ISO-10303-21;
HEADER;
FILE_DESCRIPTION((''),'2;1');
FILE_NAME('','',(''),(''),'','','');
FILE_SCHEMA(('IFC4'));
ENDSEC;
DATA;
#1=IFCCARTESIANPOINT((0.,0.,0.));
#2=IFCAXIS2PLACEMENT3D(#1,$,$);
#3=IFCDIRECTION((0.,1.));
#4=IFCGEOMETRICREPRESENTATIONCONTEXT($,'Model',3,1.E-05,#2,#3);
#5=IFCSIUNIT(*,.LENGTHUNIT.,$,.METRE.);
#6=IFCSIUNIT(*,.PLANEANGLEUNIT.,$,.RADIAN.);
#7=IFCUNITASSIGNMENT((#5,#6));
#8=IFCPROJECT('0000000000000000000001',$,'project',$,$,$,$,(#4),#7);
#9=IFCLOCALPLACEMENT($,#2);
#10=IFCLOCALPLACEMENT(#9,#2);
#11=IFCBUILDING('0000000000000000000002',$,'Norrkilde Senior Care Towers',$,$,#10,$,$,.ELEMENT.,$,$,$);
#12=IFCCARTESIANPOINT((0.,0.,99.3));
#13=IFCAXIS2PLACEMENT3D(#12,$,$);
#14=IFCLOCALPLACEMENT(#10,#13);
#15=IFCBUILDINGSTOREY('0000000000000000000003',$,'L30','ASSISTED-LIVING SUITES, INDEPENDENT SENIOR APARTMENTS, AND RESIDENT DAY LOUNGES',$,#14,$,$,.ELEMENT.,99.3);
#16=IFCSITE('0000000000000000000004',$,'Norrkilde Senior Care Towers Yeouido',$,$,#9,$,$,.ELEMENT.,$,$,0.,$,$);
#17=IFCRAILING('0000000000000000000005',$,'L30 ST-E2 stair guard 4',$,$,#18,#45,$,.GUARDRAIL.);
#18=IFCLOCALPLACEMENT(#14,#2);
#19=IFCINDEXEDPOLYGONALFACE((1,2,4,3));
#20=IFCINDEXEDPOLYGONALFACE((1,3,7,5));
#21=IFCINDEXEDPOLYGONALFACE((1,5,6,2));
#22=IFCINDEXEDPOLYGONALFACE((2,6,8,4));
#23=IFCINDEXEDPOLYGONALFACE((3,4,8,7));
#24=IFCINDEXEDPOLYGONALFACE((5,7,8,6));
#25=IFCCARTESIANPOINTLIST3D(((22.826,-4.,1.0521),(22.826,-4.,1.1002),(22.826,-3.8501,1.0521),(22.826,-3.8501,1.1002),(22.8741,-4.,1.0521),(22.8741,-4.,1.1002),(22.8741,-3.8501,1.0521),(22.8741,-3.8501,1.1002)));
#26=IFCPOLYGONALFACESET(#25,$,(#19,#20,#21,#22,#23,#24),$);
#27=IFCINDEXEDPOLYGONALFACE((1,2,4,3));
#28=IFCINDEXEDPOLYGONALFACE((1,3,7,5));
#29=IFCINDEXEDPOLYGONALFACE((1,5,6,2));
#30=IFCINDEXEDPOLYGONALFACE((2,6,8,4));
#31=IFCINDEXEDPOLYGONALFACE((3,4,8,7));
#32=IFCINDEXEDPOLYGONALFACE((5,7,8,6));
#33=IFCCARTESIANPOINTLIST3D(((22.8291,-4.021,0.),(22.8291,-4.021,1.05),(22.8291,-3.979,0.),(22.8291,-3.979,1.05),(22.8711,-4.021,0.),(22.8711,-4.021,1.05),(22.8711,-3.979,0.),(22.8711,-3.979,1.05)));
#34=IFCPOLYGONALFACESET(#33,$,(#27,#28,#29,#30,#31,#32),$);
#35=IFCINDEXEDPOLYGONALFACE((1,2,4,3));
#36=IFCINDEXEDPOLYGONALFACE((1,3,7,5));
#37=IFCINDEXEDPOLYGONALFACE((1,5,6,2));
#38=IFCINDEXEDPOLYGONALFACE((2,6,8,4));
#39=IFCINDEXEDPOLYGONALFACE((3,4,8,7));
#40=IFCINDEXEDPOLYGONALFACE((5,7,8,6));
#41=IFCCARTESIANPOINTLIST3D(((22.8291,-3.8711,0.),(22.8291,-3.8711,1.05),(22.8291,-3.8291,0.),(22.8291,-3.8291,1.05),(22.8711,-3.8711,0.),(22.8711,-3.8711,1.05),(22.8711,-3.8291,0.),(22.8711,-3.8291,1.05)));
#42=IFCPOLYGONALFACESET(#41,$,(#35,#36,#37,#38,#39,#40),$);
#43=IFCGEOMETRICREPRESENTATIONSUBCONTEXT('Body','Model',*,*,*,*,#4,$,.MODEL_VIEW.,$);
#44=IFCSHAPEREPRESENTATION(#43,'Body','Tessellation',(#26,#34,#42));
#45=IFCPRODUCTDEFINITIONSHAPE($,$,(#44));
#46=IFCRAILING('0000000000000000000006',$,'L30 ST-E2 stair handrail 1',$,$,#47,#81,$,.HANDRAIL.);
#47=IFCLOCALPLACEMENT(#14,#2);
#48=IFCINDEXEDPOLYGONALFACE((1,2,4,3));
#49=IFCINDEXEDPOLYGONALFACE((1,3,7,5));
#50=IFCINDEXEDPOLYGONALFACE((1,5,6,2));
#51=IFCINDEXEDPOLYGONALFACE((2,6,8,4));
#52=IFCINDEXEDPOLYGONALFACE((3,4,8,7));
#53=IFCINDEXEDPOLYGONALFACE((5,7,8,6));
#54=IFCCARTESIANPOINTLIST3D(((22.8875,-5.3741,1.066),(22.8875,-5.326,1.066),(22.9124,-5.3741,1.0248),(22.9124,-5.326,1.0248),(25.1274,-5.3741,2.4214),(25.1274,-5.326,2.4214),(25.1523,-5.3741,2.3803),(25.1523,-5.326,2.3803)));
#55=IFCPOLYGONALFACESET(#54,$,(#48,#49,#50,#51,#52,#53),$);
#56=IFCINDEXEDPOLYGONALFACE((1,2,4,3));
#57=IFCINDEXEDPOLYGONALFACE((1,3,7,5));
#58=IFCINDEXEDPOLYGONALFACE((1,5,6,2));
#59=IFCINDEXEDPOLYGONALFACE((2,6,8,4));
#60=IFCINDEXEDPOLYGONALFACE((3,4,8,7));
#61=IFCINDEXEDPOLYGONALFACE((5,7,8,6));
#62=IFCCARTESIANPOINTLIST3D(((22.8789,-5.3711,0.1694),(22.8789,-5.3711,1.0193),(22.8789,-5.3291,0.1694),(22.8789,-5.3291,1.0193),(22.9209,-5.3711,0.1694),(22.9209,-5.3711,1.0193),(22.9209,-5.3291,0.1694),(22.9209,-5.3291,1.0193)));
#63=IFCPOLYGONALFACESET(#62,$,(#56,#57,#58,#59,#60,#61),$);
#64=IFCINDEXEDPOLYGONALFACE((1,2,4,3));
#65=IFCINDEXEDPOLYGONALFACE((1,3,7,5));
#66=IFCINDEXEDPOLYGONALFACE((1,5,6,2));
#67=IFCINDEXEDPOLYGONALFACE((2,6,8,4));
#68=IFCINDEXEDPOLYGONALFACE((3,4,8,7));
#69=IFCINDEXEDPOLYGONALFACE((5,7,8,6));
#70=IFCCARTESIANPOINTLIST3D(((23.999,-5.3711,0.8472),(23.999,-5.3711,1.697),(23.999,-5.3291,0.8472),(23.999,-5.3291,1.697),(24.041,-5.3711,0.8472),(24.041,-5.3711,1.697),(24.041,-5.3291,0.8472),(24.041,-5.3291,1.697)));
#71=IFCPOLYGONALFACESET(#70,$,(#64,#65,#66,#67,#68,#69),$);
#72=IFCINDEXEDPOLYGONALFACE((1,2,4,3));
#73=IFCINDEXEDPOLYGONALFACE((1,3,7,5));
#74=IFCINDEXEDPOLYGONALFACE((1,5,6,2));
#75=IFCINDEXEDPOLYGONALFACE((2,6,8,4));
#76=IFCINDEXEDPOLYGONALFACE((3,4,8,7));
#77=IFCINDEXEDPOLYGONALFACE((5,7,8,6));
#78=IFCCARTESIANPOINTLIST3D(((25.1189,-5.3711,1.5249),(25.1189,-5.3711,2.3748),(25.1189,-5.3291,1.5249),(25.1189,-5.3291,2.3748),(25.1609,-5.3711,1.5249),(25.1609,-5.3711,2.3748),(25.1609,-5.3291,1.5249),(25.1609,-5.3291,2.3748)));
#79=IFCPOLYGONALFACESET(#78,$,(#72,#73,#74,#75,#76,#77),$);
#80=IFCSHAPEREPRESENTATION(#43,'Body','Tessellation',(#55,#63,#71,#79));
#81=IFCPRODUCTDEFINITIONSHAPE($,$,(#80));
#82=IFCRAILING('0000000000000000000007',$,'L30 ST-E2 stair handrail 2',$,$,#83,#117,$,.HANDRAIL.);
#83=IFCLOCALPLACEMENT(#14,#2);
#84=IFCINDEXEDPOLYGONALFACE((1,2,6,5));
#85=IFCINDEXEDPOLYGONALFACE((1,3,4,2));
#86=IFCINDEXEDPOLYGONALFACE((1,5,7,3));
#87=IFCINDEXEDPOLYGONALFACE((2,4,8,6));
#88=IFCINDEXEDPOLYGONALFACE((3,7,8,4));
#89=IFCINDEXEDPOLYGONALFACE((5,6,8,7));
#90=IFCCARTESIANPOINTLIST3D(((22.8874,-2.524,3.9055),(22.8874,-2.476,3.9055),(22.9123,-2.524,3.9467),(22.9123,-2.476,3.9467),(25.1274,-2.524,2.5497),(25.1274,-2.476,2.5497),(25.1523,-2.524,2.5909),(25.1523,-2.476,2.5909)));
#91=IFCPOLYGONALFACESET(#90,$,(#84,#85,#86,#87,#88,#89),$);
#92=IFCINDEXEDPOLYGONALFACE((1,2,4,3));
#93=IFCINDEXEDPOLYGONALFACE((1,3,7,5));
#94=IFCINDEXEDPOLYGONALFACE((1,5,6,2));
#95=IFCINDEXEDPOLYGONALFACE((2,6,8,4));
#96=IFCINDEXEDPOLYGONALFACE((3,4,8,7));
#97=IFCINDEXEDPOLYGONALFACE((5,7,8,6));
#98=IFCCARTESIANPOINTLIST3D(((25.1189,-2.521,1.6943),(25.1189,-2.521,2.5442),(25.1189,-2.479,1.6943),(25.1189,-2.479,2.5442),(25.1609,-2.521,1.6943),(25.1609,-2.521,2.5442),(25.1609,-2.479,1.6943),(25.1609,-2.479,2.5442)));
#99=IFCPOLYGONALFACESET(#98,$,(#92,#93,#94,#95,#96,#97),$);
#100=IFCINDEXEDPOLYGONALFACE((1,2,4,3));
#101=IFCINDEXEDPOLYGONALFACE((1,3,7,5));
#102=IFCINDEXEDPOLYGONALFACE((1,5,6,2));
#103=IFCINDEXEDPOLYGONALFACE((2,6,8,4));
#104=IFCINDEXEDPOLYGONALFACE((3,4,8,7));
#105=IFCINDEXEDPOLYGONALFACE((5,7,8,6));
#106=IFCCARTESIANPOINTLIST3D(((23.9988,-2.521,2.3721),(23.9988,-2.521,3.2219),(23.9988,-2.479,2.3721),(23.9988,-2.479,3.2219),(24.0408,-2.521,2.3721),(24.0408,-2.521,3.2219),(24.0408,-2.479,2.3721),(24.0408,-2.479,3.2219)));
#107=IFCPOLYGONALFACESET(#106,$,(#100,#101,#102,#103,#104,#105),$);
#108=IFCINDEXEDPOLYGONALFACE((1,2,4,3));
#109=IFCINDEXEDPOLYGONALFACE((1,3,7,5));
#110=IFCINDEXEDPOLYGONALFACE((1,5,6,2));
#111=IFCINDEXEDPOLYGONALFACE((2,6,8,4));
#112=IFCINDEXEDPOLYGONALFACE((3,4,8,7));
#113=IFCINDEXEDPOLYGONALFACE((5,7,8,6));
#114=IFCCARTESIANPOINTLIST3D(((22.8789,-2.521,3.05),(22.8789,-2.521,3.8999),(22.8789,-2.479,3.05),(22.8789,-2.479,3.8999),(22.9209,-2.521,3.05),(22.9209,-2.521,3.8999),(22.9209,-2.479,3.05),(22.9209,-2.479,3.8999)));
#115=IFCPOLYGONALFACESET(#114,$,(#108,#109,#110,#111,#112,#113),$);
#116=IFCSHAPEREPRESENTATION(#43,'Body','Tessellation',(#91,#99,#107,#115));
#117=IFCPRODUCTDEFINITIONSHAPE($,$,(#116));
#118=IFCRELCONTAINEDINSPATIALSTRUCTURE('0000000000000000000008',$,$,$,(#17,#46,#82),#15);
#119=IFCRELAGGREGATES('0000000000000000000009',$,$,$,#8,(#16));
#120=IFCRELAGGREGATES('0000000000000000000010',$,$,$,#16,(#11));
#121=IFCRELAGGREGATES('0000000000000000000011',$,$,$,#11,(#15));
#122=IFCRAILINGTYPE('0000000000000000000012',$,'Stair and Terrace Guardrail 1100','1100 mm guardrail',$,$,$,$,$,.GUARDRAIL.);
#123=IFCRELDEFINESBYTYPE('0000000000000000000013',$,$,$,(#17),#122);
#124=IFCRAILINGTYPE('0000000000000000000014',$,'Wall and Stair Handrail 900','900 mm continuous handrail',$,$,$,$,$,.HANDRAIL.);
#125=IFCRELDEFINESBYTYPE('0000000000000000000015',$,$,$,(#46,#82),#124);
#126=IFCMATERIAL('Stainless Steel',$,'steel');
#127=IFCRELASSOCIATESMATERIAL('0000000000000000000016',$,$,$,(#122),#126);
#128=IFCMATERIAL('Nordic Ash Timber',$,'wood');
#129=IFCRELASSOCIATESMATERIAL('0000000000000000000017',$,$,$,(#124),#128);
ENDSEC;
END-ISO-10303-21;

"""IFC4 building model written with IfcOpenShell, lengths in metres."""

from ifc_helpers import new_model, si_unit, direction, frame, origin, origin_2d, place, context, subcontext, project, spatial, rectangle, extrude, material, type_object, element, save


model = new_model("IFC4")

# Units and contexts
model_context = context("Model", 3, precision=1e-05, world=origin(), true_north=direction((0.0, 1.0)))
body_context = subcontext(model_context, "Body", "Model", "MODEL_VIEW")
ifc_project = project(units=[si_unit("LENGTHUNIT", "METRE"), si_unit("PLANEANGLEUNIT", "RADIAN")], contexts=[model_context])

# Site, building, storey
site_placement = place(None, origin())
site = spatial("IfcSite", under=ifc_project, at=site_placement, Name="Norrkilde Senior Care Towers Yeouido", CompositionType="ELEMENT", RefElevation=0.0)
building_placement = place(site_placement, origin())
building = spatial("IfcBuilding", under=site, at=building_placement, Name="Norrkilde Senior Care Towers", CompositionType="ELEMENT")
storey_placement = place(building_placement, frame((0.0, 0.0, 99.3)))
storey = spatial("IfcBuildingStorey", under=building, at=storey_placement, Name="L30", Description="ASSISTED-LIVING SUITES, INDEPENDENT SENIOR APARTMENTS, AND RESIDENT DAY LOUNGES", CompositionType="ELEMENT", Elevation=99.3)

# Shared definitions
ifc_material_1 = material(Name="Stainless Steel", Category="steel")

# Shared definitions
ifc_material_2 = material(Name="Nordic Ash Timber", Category="wood")

# Railings
railing_type_1 = type_object("IfcRailingType", Name="Stair and Terrace Guardrail 1100", Description="1100 mm guardrail", PredefinedType="GUARDRAIL", material=ifc_material_1)
railing_1_placement = place(storey_placement, frame((22.8501, -4.0, 0.0)))
element("IfcRailing", 1, at=railing_1_placement, inside=storey, type_object=railing_type_1, Name="L30 ST-E2 stair guard 4", PredefinedType="GUARDRAIL", context=body_context, shape_type="SweptSolid", body=[
    extrude(rectangle(XDim=0.0481, YDim=0.0481, at=origin_2d()), frame((0.0, 0.0, 1.0762), z_axis=(0.0, 1.0, 0.0), x_axis=(-1.0, 0.0, 0.0)), (0.0, 0.0, 1.0), 0.1499),
    extrude(rectangle(XDim=0.042, YDim=0.042, at=origin_2d()), origin(), (0.0, 0.0, 1.0), 1.05),
    extrude(rectangle(XDim=0.042, YDim=0.042, at=origin_2d()), frame((0.0, 0.1499, 0.0)), (0.0, 0.0, 1.0), 1.05),
])
railing_type_2 = type_object("IfcRailingType", Name="Wall and Stair Handrail 900", Description="900 mm continuous handrail", PredefinedType="HANDRAIL", material=ifc_material_2)
railing_2_placement = place(storey_placement, frame((22.8999, -5.3501, 0.1694)))
element("IfcRailing", 2, at=railing_2_placement, inside=storey, type_object=railing_type_2, Name="L30 ST-E2 stair handrail 1", PredefinedType="HANDRAIL", context=body_context, shape_type="SweptSolid", body=[
    extrude(rectangle(XDim=0.0481, YDim=0.0481, at=origin_2d()), frame((0.0, 0.0, 0.876), z_axis=(0.855553, 0.0, 0.517715), x_axis=(0.0, 1.0, 0.0)), (0.0, 0.0, 1.0), 2.6182),
    extrude(rectangle(XDim=0.042, YDim=0.042, at=origin_2d()), origin(), (0.0, 0.0, 1.0), 0.8499),
    extrude(rectangle(XDim=0.042, YDim=0.042, at=origin_2d()), frame((1.1201, 0.0, 0.6777)), (0.0, 0.0, 1.0), 0.8499),
    extrude(rectangle(XDim=0.042, YDim=0.042, at=origin_2d()), frame((2.24, 0.0, 1.3555)), (0.0, 0.0, 1.0), 0.8499),
])
railing_3_placement = place(storey_placement, frame((25.1399, -2.5, 1.6943)))
element("IfcRailing", 3, at=railing_3_placement, inside=storey, type_object=railing_type_2, Name="L30 ST-E2 stair handrail 2", PredefinedType="HANDRAIL", context=body_context, shape_type="SweptSolid", body=[
    extrude(rectangle(XDim=0.0481, YDim=0.0481, at=origin_2d()), frame((0.0, 0.0, 0.876), z_axis=(-0.855512, 0.0, 0.517783), x_axis=(0.0, -1.0, 0.0)), (0.0, 0.0, 1.0), 2.6184),
    extrude(rectangle(XDim=0.042, YDim=0.042, at=origin_2d()), origin(), (0.0, 0.0, 1.0), 0.8499),
    extrude(rectangle(XDim=0.042, YDim=0.042, at=origin_2d()), frame((-1.1201, 0.0, 0.6777)), (0.0, 0.0, 1.0), 0.8499),
    extrude(rectangle(XDim=0.042, YDim=0.042, at=origin_2d()), frame((-2.24, 0.0, 1.3557)), (0.0, 0.0, 1.0), 0.8499),
])

save(model, "model.ifc")
